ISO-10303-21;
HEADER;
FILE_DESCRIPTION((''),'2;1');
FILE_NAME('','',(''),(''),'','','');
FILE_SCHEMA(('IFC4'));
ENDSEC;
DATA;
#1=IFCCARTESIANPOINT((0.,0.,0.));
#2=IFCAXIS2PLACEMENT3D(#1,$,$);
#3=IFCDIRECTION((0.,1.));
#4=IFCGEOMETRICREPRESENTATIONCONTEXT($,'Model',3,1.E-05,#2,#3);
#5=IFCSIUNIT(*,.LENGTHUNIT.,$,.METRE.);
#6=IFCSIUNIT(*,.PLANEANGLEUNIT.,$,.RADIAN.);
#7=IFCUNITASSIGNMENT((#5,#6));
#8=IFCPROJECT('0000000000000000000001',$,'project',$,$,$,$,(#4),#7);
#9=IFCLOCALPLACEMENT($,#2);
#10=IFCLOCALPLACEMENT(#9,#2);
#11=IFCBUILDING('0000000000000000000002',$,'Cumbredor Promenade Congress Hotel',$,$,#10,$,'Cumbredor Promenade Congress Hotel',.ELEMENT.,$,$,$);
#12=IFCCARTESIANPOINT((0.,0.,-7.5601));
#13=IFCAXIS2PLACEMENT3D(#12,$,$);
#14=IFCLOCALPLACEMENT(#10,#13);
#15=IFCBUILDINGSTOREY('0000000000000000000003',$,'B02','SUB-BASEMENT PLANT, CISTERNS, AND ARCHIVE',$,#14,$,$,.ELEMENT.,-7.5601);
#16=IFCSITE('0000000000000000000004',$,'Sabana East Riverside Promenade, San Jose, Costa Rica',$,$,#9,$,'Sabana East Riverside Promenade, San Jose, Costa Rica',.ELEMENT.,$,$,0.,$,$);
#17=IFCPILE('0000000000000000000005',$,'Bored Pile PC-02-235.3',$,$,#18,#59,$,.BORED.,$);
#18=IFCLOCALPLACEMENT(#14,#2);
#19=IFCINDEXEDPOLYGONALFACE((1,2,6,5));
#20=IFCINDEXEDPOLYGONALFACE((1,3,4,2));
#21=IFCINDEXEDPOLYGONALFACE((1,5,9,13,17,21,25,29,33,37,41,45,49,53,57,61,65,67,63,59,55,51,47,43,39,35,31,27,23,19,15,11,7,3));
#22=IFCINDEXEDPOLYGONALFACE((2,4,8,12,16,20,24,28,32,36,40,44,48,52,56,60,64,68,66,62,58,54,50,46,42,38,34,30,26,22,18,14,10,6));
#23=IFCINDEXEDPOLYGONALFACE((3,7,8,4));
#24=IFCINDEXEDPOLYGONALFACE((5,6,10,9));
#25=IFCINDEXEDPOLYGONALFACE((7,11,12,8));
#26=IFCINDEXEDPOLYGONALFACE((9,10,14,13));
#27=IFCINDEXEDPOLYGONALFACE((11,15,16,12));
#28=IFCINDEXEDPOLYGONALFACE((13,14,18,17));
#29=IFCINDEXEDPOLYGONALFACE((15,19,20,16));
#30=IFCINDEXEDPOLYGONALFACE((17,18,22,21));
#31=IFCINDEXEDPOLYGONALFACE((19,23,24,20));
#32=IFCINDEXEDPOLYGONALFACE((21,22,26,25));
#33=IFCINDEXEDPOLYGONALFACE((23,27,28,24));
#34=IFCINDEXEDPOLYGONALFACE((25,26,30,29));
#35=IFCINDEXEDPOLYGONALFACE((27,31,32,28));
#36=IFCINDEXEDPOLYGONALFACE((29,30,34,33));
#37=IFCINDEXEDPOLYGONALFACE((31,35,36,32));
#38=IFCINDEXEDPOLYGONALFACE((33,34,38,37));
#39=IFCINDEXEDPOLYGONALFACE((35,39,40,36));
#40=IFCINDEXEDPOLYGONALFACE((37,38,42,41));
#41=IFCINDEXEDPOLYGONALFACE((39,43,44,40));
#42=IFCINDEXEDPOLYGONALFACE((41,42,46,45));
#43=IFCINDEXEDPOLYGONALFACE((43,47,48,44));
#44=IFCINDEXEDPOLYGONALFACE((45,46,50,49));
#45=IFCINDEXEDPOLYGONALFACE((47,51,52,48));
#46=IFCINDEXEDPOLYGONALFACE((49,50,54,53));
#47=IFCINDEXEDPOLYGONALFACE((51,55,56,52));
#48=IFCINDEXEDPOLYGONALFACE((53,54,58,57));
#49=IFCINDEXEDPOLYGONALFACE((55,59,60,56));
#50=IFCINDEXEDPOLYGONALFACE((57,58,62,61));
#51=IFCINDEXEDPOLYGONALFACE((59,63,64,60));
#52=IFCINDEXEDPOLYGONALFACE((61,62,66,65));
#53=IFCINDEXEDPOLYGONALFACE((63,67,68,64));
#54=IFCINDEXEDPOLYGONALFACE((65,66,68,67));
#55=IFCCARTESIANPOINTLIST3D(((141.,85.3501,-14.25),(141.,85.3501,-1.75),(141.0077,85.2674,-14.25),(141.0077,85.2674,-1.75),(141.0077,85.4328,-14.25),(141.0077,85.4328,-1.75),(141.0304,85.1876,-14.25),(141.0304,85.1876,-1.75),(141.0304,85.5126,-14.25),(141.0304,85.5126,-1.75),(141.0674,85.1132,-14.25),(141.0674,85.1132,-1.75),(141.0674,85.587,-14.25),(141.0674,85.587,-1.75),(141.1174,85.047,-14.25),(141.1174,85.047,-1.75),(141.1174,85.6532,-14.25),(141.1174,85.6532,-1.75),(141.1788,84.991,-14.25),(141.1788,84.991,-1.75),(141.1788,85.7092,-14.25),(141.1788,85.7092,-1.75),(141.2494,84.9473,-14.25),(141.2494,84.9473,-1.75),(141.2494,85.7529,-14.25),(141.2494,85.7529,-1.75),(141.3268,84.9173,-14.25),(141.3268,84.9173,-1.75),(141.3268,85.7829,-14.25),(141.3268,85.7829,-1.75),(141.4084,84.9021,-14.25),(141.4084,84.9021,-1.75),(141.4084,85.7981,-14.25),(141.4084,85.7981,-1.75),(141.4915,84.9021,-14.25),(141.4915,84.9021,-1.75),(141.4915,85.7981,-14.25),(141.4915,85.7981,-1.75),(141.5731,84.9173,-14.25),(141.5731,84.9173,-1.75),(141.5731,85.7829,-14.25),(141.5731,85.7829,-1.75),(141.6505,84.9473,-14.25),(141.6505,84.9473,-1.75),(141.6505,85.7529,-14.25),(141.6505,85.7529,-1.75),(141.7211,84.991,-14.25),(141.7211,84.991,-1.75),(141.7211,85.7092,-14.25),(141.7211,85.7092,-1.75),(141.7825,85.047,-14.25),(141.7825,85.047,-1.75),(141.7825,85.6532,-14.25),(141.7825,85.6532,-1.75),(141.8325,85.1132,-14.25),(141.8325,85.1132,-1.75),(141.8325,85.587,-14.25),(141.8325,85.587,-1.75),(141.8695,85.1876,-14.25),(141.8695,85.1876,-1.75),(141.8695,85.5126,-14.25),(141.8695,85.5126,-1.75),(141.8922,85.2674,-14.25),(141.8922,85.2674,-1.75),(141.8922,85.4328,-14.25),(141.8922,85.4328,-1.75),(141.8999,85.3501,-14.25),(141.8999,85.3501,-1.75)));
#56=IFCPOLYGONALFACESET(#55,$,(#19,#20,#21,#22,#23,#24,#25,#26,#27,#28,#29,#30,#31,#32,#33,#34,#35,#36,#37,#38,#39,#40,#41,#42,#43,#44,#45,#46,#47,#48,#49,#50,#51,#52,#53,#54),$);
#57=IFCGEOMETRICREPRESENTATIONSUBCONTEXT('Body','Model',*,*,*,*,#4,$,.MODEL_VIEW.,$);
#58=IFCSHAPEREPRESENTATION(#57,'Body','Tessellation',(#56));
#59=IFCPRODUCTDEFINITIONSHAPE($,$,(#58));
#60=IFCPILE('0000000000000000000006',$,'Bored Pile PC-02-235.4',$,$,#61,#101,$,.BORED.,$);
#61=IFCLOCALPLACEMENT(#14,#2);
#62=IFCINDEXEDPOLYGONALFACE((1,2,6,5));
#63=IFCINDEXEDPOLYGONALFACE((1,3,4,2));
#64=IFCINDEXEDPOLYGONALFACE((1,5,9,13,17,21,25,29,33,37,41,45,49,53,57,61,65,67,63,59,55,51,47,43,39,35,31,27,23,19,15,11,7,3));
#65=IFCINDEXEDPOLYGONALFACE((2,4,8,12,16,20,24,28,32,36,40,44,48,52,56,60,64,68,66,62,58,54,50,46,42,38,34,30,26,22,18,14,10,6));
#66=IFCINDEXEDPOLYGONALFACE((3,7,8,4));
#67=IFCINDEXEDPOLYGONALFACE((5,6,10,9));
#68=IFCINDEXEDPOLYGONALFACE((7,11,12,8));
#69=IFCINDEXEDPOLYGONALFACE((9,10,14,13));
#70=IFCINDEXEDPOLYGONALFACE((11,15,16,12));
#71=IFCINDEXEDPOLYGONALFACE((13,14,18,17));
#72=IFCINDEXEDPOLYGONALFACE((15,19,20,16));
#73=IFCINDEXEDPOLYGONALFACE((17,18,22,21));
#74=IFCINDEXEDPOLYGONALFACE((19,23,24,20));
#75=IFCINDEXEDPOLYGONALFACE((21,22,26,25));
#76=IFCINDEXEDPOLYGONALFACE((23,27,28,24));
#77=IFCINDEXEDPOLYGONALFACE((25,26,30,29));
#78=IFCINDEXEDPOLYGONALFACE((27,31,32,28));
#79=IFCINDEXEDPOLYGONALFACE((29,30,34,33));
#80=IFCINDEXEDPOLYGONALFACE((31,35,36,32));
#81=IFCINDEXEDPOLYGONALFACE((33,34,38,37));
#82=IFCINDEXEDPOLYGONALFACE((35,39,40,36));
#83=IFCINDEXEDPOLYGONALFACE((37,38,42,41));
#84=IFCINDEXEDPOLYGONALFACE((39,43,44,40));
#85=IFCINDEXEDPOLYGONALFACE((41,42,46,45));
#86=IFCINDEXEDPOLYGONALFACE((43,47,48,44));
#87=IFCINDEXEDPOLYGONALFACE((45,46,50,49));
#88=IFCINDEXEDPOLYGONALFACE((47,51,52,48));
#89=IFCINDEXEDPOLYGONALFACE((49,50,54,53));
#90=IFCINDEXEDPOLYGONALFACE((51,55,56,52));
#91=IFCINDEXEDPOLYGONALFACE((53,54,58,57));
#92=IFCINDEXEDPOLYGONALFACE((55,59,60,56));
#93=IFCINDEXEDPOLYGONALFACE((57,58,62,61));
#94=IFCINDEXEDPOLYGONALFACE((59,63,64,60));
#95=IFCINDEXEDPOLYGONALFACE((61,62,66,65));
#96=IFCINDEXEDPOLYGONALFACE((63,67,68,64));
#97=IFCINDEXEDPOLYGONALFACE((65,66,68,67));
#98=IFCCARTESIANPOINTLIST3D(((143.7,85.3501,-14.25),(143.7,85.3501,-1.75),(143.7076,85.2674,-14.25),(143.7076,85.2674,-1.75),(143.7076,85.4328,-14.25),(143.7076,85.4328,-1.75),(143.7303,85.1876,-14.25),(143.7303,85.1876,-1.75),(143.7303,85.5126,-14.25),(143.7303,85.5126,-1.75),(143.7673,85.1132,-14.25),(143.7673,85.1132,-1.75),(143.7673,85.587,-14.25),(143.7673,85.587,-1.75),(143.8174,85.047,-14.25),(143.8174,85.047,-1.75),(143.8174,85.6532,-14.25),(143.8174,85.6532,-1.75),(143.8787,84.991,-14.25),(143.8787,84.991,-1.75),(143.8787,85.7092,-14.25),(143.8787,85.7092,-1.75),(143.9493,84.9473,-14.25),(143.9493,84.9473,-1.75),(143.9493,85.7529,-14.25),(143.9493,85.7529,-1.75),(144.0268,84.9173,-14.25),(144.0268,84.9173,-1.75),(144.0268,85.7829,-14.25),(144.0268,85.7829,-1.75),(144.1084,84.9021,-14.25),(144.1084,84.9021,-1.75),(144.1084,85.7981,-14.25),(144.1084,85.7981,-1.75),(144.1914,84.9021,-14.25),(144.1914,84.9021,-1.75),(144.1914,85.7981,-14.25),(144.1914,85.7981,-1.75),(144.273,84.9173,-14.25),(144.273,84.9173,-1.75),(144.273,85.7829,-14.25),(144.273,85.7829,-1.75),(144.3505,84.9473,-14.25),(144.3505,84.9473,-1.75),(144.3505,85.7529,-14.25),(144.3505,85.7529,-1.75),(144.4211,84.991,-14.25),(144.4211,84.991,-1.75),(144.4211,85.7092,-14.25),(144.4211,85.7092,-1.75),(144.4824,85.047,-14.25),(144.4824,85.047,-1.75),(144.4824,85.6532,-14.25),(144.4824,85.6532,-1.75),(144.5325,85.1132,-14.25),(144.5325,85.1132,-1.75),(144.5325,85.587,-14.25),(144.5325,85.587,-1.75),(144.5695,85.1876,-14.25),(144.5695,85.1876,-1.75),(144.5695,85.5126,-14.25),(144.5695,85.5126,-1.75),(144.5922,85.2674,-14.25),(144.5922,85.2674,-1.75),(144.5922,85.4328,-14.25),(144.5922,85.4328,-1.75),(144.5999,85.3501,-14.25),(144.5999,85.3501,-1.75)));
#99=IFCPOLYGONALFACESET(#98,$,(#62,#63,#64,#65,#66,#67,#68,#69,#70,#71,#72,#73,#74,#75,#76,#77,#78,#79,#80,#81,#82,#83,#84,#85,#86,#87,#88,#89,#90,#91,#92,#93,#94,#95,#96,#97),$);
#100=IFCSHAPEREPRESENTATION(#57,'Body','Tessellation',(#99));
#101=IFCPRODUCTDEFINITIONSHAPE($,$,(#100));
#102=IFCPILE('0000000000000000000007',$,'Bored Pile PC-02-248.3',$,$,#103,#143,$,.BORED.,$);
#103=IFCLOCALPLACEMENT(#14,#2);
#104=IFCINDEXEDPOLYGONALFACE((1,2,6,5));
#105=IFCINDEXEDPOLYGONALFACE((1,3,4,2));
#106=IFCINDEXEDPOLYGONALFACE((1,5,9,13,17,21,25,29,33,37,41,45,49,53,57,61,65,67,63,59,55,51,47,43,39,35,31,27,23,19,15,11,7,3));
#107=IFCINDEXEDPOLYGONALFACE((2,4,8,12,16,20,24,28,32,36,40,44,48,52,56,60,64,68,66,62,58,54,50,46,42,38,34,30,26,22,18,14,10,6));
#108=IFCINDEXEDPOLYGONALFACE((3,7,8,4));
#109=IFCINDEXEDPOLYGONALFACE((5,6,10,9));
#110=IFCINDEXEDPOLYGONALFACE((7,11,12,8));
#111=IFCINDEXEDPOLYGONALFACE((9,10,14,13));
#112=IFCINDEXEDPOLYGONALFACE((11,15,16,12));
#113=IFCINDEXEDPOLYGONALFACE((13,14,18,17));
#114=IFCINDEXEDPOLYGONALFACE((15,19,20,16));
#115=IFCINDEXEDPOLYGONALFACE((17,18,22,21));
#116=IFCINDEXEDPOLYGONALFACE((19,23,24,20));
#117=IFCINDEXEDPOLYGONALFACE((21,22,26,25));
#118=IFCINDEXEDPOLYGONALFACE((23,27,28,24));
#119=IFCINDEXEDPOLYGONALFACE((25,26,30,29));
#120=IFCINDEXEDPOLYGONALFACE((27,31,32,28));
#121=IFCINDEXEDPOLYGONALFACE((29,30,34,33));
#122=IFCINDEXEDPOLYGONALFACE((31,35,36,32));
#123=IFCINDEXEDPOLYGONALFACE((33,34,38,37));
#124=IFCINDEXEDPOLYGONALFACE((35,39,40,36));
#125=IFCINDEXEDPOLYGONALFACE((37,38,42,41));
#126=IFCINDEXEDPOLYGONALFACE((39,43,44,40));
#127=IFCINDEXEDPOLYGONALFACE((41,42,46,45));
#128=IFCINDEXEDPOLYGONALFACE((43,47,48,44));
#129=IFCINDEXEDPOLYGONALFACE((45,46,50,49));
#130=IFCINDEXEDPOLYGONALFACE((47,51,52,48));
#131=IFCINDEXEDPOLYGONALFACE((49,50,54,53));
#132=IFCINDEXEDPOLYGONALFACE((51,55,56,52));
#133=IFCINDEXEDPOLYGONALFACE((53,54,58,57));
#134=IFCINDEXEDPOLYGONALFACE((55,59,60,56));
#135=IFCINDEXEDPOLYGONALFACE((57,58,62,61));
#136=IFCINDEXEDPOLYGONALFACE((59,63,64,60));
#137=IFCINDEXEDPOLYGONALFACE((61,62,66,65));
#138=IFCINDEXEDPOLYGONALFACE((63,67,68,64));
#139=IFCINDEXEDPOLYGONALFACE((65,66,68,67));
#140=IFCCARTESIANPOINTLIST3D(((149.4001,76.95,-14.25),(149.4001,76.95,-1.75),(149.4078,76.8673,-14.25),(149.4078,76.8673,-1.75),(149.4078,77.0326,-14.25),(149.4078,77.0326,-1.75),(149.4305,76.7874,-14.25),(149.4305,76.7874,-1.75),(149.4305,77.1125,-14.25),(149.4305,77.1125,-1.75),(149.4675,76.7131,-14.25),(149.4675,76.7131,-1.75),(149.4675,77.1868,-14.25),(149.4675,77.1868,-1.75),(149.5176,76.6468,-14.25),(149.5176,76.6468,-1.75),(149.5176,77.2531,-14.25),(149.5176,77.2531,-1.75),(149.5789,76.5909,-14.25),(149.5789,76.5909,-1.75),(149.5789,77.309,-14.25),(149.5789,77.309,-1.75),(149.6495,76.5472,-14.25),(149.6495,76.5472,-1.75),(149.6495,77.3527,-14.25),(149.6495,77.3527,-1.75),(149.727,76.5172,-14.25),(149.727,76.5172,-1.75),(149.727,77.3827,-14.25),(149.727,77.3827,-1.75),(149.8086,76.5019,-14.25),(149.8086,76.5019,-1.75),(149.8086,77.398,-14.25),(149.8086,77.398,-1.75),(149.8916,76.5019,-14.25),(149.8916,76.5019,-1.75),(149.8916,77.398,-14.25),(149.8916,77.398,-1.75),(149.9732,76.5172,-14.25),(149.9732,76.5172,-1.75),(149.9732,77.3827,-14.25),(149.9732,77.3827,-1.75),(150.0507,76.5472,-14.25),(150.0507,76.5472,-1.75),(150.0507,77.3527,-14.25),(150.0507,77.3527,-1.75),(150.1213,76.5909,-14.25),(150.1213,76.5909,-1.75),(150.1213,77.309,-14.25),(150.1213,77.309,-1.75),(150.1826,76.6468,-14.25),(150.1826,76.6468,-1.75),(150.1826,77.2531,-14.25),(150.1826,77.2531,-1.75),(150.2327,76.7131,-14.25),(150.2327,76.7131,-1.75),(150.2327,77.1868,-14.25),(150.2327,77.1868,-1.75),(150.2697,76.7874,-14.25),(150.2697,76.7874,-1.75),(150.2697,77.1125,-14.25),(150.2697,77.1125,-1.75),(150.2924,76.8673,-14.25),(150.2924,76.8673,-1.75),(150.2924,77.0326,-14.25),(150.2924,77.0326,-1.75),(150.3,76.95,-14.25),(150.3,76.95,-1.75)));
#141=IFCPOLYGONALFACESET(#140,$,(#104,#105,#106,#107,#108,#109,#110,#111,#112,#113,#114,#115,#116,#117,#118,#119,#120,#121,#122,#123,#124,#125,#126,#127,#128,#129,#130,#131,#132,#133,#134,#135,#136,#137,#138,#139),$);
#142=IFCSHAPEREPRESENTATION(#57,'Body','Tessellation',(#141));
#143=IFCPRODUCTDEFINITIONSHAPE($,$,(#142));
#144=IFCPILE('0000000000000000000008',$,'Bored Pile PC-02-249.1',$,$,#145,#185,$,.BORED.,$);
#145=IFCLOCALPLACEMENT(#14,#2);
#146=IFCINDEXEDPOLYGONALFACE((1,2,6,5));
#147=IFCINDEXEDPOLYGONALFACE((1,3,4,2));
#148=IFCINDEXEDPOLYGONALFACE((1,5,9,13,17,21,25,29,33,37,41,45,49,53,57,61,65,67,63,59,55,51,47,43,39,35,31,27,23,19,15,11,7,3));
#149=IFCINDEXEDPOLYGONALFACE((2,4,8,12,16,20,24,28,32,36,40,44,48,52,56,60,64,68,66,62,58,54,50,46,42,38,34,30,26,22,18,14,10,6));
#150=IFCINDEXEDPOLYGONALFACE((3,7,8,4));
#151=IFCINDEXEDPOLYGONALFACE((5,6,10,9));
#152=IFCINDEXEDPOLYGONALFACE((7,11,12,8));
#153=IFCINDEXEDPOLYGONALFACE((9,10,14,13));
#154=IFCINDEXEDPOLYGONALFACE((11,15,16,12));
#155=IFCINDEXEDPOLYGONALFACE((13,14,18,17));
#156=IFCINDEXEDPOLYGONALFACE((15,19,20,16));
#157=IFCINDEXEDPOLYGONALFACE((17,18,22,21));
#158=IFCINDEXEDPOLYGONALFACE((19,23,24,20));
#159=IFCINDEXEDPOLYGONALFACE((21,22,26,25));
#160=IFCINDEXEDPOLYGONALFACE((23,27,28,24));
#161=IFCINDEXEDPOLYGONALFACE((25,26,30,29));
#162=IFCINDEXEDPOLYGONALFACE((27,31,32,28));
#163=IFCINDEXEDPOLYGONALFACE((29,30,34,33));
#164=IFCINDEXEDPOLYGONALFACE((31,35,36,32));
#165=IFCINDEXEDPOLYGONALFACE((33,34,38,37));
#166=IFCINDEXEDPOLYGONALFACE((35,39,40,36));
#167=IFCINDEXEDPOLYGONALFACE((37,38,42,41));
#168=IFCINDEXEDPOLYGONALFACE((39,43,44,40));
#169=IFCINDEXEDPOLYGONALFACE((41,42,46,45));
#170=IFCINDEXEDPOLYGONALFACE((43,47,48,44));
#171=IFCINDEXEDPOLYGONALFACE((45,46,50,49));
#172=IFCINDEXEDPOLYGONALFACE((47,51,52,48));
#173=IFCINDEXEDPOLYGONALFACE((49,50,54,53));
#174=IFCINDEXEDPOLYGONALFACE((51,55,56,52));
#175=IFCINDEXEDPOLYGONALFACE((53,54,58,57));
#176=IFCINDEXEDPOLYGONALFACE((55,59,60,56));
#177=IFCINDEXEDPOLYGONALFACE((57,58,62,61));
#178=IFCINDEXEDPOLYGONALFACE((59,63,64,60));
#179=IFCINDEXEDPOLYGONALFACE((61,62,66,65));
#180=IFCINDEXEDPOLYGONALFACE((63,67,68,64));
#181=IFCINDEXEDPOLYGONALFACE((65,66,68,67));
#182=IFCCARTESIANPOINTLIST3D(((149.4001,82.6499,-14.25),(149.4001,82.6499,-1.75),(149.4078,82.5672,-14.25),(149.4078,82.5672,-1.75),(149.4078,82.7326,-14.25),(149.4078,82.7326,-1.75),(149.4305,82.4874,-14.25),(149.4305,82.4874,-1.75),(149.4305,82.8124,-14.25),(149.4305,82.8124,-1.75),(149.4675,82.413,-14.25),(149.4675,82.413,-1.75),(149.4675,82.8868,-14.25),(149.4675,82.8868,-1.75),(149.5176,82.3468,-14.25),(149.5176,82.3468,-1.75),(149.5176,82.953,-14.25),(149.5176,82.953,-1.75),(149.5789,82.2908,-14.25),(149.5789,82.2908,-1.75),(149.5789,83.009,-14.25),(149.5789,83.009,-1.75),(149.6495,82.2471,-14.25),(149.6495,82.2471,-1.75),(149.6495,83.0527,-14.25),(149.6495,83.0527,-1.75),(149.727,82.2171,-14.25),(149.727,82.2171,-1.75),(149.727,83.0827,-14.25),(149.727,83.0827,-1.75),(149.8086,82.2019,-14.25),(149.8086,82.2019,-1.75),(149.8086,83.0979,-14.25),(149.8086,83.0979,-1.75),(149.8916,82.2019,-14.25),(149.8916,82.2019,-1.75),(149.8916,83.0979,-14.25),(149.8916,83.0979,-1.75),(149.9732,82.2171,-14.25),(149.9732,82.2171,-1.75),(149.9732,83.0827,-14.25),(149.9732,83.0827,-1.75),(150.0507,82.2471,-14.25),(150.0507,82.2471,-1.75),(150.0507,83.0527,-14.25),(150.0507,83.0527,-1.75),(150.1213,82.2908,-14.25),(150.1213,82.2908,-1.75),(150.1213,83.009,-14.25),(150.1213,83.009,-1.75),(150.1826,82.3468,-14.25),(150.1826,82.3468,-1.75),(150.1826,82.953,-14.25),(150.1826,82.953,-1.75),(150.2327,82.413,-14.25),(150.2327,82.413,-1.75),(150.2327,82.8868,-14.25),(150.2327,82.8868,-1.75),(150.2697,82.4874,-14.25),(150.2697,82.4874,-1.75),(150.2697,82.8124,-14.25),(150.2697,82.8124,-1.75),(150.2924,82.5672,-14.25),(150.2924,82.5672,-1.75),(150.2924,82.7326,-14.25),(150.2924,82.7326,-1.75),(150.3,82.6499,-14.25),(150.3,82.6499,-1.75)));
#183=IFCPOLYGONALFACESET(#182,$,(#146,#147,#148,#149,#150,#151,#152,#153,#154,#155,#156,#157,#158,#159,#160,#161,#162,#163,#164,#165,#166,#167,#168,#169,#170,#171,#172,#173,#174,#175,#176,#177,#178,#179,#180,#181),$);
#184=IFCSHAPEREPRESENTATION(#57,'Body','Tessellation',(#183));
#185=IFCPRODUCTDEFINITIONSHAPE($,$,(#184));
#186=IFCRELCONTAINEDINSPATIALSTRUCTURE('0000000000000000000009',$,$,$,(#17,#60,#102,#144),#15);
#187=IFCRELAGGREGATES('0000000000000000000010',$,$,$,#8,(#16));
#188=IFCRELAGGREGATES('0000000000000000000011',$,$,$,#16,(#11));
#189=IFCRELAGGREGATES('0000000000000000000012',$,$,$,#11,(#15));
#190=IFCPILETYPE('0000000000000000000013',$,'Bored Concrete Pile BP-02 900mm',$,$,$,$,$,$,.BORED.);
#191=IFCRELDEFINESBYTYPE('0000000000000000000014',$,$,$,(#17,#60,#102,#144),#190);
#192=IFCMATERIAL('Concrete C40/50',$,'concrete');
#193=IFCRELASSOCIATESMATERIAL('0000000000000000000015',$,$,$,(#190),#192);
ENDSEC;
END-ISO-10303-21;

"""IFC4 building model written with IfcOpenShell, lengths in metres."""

from ifc_helpers import new_model, si_unit, direction, frame, origin, origin_2d, place, context, subcontext, project, spatial, circle, extrude, material, material_profile, profile_set, type_object, element, save


model = new_model("IFC4")

# Units and contexts
model_context = context("Model", 3, precision=1e-05, world=origin(), true_north=direction((0.0, 1.0)))
body_context = subcontext(model_context, "Body", "Model", "MODEL_VIEW")
ifc_project = project(units=[si_unit("LENGTHUNIT", "METRE"), si_unit("PLANEANGLEUNIT", "RADIAN")], contexts=[model_context])

# Site, building, storey
site_placement = place(None, origin())
site = spatial("IfcSite", under=ifc_project, at=site_placement, Name="Sabana East Riverside Promenade, San Jose, Costa Rica", LongName="Sabana East Riverside Promenade, San Jose, Costa Rica", CompositionType="ELEMENT", RefElevation=0.0)
building_placement = place(site_placement, origin())
building = spatial("IfcBuilding", under=site, at=building_placement, Name="Cumbredor Promenade Congress Hotel", LongName="Cumbredor Promenade Congress Hotel", CompositionType="ELEMENT")
storey_placement = place(building_placement, frame((0.0, 0.0, -7.5601)))
storey = spatial("IfcBuildingStorey", under=building, at=storey_placement, Name="B02", Description="SUB-BASEMENT PLANT, CISTERNS, AND ARCHIVE", CompositionType="ELEMENT", Elevation=-7.5601)

# Piles
ifc_material_1 = material(Name="Concrete C40/50", Category="concrete")
ifc_material_profile_1 = material_profile(ifc_material_1, circle(Radius=0.45, at=origin_2d()), Name="PILE D900")
ifc_profile_set_1 = profile_set([ifc_material_profile_1], Name="Concrete C40/50")
pile_type = type_object("IfcPileType", Name="Bored Concrete Pile BP-02 900mm", PredefinedType="BORED", material=ifc_profile_set_1)
for number, where, z_axis, x_axis, name in (
    (1, (141.45, 85.3501, -1.75), (0.0, 0.0, -1.0), (1.0, 0.0, 0.0), "Bored Pile PC-02-235.3"),
    (2, (144.1499, 85.3501, -1.75), (0.0, 0.0, -1.0), (1.0, 0.0, 0.0), "Bored Pile PC-02-235.4"),
    (3, (149.8501, 76.95, -1.75), (0.0, 0.0, -1.0), (1.0, 0.0, 0.0), "Bored Pile PC-02-248.3"),
    (4, (149.8501, 82.6499, -1.75), (0.0, 0.0, -1.0), (1.0, 0.0, 0.0), "Bored Pile PC-02-249.1"),
):
    element("IfcPile", number, at=place(storey_placement, frame(where, z_axis=z_axis, x_axis=x_axis)), inside=storey, type_object=pile_type, Name=name, PredefinedType="BORED", context=body_context, shape_type="SweptSolid", body=[
        extrude(circle(Radius=0.45, at=origin_2d()), origin(), (0.0, 0.0, 1.0), 12.5),
    ])

save(model, "model.ifc")
